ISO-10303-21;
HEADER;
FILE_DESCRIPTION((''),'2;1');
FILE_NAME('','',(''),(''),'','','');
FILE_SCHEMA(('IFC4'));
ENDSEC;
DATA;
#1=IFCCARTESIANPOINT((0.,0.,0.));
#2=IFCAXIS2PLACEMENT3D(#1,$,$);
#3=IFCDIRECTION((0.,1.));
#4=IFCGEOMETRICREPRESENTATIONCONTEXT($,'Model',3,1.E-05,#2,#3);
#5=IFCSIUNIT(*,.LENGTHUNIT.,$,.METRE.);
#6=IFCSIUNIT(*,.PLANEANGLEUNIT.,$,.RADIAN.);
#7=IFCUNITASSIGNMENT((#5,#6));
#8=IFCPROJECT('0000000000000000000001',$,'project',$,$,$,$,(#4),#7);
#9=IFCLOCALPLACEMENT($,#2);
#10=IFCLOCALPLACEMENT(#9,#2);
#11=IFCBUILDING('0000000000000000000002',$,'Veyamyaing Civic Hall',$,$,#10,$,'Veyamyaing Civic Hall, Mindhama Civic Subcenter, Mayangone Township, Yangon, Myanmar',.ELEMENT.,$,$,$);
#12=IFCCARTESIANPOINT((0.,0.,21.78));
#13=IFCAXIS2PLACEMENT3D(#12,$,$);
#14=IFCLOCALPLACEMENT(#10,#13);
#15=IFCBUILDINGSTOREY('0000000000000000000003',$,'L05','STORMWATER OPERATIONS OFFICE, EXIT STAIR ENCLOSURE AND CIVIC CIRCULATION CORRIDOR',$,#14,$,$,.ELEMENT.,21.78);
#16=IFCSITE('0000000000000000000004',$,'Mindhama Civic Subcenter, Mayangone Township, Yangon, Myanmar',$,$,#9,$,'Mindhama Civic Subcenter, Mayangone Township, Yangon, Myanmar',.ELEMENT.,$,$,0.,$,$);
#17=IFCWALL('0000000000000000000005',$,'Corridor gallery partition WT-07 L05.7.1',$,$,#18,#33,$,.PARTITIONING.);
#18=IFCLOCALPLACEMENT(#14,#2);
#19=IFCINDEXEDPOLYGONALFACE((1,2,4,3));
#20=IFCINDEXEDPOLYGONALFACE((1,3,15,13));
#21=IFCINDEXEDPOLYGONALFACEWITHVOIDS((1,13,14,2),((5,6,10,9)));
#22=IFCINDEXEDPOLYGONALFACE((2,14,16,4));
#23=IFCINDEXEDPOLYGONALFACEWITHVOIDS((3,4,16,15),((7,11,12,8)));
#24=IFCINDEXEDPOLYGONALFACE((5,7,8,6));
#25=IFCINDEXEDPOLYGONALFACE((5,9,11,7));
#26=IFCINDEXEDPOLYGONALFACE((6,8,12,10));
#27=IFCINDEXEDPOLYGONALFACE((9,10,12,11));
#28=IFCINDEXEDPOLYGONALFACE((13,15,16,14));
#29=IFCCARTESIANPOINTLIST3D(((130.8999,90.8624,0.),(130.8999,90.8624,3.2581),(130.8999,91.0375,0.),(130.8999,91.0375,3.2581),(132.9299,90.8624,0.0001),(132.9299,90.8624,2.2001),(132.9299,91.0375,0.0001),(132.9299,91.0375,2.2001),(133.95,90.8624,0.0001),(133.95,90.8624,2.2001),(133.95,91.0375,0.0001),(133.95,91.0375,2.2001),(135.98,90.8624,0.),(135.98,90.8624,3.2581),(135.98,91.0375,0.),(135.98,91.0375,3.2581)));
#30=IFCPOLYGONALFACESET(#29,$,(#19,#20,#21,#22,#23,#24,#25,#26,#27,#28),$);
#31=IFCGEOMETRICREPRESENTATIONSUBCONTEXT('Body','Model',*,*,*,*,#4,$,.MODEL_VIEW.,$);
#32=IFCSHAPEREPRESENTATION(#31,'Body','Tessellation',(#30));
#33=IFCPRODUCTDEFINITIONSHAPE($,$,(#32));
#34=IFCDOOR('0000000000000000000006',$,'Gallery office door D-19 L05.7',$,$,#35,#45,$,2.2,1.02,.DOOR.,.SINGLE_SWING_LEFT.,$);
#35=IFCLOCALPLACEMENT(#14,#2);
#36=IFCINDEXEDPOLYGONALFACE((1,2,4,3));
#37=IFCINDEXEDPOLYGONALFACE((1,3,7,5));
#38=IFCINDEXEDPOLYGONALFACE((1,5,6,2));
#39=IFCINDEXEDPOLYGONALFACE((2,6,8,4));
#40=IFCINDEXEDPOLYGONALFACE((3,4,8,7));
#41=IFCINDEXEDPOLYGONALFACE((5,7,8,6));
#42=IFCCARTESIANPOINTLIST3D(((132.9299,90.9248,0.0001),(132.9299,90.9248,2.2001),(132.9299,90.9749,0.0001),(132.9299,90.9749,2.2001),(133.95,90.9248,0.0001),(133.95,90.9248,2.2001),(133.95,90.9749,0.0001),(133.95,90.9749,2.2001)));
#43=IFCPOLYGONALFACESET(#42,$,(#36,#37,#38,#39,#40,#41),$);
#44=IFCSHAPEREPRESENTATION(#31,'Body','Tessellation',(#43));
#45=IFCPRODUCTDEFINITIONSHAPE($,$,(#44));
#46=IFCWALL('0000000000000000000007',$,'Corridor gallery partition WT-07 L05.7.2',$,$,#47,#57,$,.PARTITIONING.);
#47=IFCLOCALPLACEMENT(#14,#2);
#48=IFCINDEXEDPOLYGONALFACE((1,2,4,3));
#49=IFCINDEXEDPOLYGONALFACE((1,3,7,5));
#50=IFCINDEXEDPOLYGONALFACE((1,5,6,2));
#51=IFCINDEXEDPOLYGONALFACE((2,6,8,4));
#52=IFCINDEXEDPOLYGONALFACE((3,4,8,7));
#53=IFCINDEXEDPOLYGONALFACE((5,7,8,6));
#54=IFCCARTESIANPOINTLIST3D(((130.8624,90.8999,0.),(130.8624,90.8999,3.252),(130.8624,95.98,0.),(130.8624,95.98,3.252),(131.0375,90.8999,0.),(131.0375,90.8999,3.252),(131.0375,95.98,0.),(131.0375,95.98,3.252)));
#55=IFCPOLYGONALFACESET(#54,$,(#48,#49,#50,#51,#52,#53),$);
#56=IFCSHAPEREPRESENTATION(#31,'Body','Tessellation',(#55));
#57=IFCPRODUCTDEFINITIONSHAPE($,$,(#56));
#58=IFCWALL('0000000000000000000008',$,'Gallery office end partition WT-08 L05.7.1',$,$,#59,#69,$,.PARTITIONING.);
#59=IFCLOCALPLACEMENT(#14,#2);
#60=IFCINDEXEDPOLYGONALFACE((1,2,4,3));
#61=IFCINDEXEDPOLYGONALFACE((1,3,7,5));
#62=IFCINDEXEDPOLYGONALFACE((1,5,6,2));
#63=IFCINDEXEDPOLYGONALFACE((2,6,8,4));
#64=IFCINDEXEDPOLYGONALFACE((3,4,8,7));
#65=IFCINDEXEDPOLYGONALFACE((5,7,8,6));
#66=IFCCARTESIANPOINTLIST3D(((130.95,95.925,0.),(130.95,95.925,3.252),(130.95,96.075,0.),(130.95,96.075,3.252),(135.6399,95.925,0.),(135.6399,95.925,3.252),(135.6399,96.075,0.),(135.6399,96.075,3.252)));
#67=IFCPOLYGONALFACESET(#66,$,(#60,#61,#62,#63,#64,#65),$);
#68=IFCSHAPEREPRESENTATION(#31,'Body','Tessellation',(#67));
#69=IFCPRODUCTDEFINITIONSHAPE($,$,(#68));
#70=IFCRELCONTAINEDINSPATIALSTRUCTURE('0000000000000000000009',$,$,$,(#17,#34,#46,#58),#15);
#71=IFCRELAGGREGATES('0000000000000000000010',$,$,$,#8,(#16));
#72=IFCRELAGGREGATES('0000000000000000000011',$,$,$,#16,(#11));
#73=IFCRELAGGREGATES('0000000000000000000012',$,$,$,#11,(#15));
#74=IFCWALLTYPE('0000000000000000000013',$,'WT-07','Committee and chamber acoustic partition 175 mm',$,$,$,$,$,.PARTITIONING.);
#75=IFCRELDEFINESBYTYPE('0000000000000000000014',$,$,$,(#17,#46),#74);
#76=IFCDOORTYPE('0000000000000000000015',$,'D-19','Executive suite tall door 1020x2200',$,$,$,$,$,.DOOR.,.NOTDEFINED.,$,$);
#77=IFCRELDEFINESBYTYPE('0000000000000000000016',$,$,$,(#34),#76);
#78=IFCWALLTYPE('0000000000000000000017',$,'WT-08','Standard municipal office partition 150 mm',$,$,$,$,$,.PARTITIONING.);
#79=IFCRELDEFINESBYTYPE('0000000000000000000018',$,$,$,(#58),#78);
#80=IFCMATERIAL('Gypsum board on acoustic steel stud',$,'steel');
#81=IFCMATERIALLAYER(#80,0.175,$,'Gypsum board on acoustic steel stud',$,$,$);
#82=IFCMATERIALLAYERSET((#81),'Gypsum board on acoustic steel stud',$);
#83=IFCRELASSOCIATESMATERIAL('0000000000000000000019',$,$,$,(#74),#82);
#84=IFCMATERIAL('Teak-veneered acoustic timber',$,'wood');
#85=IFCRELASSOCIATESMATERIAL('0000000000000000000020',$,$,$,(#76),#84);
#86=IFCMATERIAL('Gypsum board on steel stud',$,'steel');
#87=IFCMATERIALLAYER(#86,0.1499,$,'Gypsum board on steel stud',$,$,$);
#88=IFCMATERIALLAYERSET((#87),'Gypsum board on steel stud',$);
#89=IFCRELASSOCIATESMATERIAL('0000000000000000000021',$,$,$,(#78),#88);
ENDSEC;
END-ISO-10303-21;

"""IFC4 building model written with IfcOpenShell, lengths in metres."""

from ifc_helpers import new_model, si_unit, direction, frame, frame_2d, origin, place, context, subcontext, project, spatial, rectangle, extrude, material, layer, layer_set, type_object, element, fill, save


model = new_model("IFC4")

# Units and contexts
model_context = context("Model", 3, precision=1e-05, world=origin(), true_north=direction((0.0, 1.0)))
body_context = subcontext(model_context, "Body", "Model", "MODEL_VIEW")
ifc_project = project(units=[si_unit("LENGTHUNIT", "METRE"), si_unit("PLANEANGLEUNIT", "RADIAN")], contexts=[model_context])

# Site, building, storey
site_placement = place(None, origin())
site = spatial("IfcSite", under=ifc_project, at=site_placement, Name="Mindhama Civic Subcenter, Mayangone Township, Yangon, Myanmar", LongName="Mindhama Civic Subcenter, Mayangone Township, Yangon, Myanmar", CompositionType="ELEMENT", RefElevation=0.0)
building_placement = place(site_placement, origin())
building = spatial("IfcBuilding", under=site, at=building_placement, Name="Veyamyaing Civic Hall", LongName="Veyamyaing Civic Hall, Mindhama Civic Subcenter, Mayangone Township, Yangon, Myanmar", CompositionType="ELEMENT")
storey_placement = place(building_placement, frame((0.0, 0.0, 21.78)))
storey = spatial("IfcBuildingStorey", under=building, at=storey_placement, Name="L05", Description="STORMWATER OPERATIONS OFFICE, EXIT STAIR ENCLOSURE AND CIVIC CIRCULATION CORRIDOR", CompositionType="ELEMENT", Elevation=21.78)

# Wall, opening, door
ifc_material_1 = material(Name="Gypsum board on acoustic steel stud", Category="steel")
ifc_layer_1 = layer(ifc_material_1, 0.175, Name="Gypsum board on acoustic steel stud")
ifc_layer_set_1 = layer_set([ifc_layer_1], Name="Gypsum board on acoustic steel stud")
wall_type_1 = type_object("IfcWallType", Name="WT-07", Description="Committee and chamber acoustic partition 175 mm", PredefinedType="PARTITIONING", material=ifc_layer_set_1)
wall_1_placement = place(storey_placement, frame((130.8999, 90.95, 0.0), z_axis=(0.0, 0.0, 1.0), x_axis=(1.0, 0.0, 0.0)))
wall_1 = element("IfcWall", 1, at=wall_1_placement, inside=storey, type_object=wall_type_1, Name="Corridor gallery partition WT-07 L05.7.1", PredefinedType="PARTITIONING", context=body_context, shape_type="SweptSolid", body=[
    extrude(rectangle(XDim=5.0801, YDim=0.175, at=frame_2d((2.54, 0.0))), origin(), (0.0, 0.0, 1.0), 3.2581),
])
opening_placement = place(wall_1_placement, frame((2.03, 0.0, 0.0)))
opening = element("IfcOpeningElement", 2, at=opening_placement, cuts=wall_1, PredefinedType="OPENING", context=body_context, shape_type="SweptSolid", body=[
    extrude(rectangle(XDim=1.02, YDim=2.2, at=frame_2d((0.51, 1.1001))), frame((0.0, 0.0974, 0.0), z_axis=(0.0, -1.0, 0.0), x_axis=(1.0, 0.0, 0.0)), (0.0, 0.0, 1.0), 0.1951),
])
ifc_material_2 = material(Name="Teak-veneered acoustic timber", Category="wood")
door_type = type_object("IfcDoorType", Name="D-19", Description="Executive suite tall door 1020x2200", OperationType="NOTDEFINED", PredefinedType="DOOR", material=ifc_material_2)
door_placement = place(opening_placement, origin())
door = element("IfcDoor", 3, at=door_placement, inside=storey, type_object=door_type, Name="Gallery office door D-19 L05.7", OperationType="SINGLE_SWING_LEFT", OverallHeight=2.2, OverallWidth=1.02, PredefinedType="DOOR", context=body_context, shape_type="SweptSolid", body=[
    extrude(rectangle(XDim=1.02, YDim=2.2, at=frame_2d((0.51, 1.1001))), frame((0.0, 0.0249, 0.0), z_axis=(0.0, -1.0, 0.0), x_axis=(1.0, 0.0, 0.0)), (0.0, 0.0, 1.0), 0.05),
])
fill(opening, door)

# Walls
wall_2_placement = place(storey_placement, frame((130.95, 90.8999, 0.0), z_axis=(0.0, 0.0, 1.0), x_axis=(0.0, 1.0, 0.0)))
element("IfcWall", 4, at=wall_2_placement, inside=storey, type_object=wall_type_1, Name="Corridor gallery partition WT-07 L05.7.2", PredefinedType="PARTITIONING", context=body_context, shape_type="SweptSolid", body=[
    extrude(rectangle(XDim=5.0801, YDim=0.175, at=frame_2d((2.54, 0.0))), origin(), (0.0, 0.0, 1.0), 3.252),
])
ifc_material_3 = material(Name="Gypsum board on steel stud", Category="steel")
ifc_layer_2 = layer(ifc_material_3, 0.1499, Name="Gypsum board on steel stud")
ifc_layer_set_2 = layer_set([ifc_layer_2], Name="Gypsum board on steel stud")
wall_type_2 = type_object("IfcWallType", Name="WT-08", Description="Standard municipal office partition 150 mm", PredefinedType="PARTITIONING", material=ifc_layer_set_2)
wall_3_placement = place(storey_placement, frame((130.95, 96.0, 0.0), z_axis=(0.0, 0.0, 1.0), x_axis=(1.0, 0.0, 0.0)))
element("IfcWall", 5, at=wall_3_placement, inside=storey, type_object=wall_type_2, Name="Gallery office end partition WT-08 L05.7.1", PredefinedType="PARTITIONING", context=body_context, shape_type="SweptSolid", body=[
    extrude(rectangle(XDim=4.6899, YDim=0.1499, at=frame_2d((2.345, 0.0))), origin(), (0.0, 0.0, 1.0), 3.252),
])

save(model, "model.ifc")
